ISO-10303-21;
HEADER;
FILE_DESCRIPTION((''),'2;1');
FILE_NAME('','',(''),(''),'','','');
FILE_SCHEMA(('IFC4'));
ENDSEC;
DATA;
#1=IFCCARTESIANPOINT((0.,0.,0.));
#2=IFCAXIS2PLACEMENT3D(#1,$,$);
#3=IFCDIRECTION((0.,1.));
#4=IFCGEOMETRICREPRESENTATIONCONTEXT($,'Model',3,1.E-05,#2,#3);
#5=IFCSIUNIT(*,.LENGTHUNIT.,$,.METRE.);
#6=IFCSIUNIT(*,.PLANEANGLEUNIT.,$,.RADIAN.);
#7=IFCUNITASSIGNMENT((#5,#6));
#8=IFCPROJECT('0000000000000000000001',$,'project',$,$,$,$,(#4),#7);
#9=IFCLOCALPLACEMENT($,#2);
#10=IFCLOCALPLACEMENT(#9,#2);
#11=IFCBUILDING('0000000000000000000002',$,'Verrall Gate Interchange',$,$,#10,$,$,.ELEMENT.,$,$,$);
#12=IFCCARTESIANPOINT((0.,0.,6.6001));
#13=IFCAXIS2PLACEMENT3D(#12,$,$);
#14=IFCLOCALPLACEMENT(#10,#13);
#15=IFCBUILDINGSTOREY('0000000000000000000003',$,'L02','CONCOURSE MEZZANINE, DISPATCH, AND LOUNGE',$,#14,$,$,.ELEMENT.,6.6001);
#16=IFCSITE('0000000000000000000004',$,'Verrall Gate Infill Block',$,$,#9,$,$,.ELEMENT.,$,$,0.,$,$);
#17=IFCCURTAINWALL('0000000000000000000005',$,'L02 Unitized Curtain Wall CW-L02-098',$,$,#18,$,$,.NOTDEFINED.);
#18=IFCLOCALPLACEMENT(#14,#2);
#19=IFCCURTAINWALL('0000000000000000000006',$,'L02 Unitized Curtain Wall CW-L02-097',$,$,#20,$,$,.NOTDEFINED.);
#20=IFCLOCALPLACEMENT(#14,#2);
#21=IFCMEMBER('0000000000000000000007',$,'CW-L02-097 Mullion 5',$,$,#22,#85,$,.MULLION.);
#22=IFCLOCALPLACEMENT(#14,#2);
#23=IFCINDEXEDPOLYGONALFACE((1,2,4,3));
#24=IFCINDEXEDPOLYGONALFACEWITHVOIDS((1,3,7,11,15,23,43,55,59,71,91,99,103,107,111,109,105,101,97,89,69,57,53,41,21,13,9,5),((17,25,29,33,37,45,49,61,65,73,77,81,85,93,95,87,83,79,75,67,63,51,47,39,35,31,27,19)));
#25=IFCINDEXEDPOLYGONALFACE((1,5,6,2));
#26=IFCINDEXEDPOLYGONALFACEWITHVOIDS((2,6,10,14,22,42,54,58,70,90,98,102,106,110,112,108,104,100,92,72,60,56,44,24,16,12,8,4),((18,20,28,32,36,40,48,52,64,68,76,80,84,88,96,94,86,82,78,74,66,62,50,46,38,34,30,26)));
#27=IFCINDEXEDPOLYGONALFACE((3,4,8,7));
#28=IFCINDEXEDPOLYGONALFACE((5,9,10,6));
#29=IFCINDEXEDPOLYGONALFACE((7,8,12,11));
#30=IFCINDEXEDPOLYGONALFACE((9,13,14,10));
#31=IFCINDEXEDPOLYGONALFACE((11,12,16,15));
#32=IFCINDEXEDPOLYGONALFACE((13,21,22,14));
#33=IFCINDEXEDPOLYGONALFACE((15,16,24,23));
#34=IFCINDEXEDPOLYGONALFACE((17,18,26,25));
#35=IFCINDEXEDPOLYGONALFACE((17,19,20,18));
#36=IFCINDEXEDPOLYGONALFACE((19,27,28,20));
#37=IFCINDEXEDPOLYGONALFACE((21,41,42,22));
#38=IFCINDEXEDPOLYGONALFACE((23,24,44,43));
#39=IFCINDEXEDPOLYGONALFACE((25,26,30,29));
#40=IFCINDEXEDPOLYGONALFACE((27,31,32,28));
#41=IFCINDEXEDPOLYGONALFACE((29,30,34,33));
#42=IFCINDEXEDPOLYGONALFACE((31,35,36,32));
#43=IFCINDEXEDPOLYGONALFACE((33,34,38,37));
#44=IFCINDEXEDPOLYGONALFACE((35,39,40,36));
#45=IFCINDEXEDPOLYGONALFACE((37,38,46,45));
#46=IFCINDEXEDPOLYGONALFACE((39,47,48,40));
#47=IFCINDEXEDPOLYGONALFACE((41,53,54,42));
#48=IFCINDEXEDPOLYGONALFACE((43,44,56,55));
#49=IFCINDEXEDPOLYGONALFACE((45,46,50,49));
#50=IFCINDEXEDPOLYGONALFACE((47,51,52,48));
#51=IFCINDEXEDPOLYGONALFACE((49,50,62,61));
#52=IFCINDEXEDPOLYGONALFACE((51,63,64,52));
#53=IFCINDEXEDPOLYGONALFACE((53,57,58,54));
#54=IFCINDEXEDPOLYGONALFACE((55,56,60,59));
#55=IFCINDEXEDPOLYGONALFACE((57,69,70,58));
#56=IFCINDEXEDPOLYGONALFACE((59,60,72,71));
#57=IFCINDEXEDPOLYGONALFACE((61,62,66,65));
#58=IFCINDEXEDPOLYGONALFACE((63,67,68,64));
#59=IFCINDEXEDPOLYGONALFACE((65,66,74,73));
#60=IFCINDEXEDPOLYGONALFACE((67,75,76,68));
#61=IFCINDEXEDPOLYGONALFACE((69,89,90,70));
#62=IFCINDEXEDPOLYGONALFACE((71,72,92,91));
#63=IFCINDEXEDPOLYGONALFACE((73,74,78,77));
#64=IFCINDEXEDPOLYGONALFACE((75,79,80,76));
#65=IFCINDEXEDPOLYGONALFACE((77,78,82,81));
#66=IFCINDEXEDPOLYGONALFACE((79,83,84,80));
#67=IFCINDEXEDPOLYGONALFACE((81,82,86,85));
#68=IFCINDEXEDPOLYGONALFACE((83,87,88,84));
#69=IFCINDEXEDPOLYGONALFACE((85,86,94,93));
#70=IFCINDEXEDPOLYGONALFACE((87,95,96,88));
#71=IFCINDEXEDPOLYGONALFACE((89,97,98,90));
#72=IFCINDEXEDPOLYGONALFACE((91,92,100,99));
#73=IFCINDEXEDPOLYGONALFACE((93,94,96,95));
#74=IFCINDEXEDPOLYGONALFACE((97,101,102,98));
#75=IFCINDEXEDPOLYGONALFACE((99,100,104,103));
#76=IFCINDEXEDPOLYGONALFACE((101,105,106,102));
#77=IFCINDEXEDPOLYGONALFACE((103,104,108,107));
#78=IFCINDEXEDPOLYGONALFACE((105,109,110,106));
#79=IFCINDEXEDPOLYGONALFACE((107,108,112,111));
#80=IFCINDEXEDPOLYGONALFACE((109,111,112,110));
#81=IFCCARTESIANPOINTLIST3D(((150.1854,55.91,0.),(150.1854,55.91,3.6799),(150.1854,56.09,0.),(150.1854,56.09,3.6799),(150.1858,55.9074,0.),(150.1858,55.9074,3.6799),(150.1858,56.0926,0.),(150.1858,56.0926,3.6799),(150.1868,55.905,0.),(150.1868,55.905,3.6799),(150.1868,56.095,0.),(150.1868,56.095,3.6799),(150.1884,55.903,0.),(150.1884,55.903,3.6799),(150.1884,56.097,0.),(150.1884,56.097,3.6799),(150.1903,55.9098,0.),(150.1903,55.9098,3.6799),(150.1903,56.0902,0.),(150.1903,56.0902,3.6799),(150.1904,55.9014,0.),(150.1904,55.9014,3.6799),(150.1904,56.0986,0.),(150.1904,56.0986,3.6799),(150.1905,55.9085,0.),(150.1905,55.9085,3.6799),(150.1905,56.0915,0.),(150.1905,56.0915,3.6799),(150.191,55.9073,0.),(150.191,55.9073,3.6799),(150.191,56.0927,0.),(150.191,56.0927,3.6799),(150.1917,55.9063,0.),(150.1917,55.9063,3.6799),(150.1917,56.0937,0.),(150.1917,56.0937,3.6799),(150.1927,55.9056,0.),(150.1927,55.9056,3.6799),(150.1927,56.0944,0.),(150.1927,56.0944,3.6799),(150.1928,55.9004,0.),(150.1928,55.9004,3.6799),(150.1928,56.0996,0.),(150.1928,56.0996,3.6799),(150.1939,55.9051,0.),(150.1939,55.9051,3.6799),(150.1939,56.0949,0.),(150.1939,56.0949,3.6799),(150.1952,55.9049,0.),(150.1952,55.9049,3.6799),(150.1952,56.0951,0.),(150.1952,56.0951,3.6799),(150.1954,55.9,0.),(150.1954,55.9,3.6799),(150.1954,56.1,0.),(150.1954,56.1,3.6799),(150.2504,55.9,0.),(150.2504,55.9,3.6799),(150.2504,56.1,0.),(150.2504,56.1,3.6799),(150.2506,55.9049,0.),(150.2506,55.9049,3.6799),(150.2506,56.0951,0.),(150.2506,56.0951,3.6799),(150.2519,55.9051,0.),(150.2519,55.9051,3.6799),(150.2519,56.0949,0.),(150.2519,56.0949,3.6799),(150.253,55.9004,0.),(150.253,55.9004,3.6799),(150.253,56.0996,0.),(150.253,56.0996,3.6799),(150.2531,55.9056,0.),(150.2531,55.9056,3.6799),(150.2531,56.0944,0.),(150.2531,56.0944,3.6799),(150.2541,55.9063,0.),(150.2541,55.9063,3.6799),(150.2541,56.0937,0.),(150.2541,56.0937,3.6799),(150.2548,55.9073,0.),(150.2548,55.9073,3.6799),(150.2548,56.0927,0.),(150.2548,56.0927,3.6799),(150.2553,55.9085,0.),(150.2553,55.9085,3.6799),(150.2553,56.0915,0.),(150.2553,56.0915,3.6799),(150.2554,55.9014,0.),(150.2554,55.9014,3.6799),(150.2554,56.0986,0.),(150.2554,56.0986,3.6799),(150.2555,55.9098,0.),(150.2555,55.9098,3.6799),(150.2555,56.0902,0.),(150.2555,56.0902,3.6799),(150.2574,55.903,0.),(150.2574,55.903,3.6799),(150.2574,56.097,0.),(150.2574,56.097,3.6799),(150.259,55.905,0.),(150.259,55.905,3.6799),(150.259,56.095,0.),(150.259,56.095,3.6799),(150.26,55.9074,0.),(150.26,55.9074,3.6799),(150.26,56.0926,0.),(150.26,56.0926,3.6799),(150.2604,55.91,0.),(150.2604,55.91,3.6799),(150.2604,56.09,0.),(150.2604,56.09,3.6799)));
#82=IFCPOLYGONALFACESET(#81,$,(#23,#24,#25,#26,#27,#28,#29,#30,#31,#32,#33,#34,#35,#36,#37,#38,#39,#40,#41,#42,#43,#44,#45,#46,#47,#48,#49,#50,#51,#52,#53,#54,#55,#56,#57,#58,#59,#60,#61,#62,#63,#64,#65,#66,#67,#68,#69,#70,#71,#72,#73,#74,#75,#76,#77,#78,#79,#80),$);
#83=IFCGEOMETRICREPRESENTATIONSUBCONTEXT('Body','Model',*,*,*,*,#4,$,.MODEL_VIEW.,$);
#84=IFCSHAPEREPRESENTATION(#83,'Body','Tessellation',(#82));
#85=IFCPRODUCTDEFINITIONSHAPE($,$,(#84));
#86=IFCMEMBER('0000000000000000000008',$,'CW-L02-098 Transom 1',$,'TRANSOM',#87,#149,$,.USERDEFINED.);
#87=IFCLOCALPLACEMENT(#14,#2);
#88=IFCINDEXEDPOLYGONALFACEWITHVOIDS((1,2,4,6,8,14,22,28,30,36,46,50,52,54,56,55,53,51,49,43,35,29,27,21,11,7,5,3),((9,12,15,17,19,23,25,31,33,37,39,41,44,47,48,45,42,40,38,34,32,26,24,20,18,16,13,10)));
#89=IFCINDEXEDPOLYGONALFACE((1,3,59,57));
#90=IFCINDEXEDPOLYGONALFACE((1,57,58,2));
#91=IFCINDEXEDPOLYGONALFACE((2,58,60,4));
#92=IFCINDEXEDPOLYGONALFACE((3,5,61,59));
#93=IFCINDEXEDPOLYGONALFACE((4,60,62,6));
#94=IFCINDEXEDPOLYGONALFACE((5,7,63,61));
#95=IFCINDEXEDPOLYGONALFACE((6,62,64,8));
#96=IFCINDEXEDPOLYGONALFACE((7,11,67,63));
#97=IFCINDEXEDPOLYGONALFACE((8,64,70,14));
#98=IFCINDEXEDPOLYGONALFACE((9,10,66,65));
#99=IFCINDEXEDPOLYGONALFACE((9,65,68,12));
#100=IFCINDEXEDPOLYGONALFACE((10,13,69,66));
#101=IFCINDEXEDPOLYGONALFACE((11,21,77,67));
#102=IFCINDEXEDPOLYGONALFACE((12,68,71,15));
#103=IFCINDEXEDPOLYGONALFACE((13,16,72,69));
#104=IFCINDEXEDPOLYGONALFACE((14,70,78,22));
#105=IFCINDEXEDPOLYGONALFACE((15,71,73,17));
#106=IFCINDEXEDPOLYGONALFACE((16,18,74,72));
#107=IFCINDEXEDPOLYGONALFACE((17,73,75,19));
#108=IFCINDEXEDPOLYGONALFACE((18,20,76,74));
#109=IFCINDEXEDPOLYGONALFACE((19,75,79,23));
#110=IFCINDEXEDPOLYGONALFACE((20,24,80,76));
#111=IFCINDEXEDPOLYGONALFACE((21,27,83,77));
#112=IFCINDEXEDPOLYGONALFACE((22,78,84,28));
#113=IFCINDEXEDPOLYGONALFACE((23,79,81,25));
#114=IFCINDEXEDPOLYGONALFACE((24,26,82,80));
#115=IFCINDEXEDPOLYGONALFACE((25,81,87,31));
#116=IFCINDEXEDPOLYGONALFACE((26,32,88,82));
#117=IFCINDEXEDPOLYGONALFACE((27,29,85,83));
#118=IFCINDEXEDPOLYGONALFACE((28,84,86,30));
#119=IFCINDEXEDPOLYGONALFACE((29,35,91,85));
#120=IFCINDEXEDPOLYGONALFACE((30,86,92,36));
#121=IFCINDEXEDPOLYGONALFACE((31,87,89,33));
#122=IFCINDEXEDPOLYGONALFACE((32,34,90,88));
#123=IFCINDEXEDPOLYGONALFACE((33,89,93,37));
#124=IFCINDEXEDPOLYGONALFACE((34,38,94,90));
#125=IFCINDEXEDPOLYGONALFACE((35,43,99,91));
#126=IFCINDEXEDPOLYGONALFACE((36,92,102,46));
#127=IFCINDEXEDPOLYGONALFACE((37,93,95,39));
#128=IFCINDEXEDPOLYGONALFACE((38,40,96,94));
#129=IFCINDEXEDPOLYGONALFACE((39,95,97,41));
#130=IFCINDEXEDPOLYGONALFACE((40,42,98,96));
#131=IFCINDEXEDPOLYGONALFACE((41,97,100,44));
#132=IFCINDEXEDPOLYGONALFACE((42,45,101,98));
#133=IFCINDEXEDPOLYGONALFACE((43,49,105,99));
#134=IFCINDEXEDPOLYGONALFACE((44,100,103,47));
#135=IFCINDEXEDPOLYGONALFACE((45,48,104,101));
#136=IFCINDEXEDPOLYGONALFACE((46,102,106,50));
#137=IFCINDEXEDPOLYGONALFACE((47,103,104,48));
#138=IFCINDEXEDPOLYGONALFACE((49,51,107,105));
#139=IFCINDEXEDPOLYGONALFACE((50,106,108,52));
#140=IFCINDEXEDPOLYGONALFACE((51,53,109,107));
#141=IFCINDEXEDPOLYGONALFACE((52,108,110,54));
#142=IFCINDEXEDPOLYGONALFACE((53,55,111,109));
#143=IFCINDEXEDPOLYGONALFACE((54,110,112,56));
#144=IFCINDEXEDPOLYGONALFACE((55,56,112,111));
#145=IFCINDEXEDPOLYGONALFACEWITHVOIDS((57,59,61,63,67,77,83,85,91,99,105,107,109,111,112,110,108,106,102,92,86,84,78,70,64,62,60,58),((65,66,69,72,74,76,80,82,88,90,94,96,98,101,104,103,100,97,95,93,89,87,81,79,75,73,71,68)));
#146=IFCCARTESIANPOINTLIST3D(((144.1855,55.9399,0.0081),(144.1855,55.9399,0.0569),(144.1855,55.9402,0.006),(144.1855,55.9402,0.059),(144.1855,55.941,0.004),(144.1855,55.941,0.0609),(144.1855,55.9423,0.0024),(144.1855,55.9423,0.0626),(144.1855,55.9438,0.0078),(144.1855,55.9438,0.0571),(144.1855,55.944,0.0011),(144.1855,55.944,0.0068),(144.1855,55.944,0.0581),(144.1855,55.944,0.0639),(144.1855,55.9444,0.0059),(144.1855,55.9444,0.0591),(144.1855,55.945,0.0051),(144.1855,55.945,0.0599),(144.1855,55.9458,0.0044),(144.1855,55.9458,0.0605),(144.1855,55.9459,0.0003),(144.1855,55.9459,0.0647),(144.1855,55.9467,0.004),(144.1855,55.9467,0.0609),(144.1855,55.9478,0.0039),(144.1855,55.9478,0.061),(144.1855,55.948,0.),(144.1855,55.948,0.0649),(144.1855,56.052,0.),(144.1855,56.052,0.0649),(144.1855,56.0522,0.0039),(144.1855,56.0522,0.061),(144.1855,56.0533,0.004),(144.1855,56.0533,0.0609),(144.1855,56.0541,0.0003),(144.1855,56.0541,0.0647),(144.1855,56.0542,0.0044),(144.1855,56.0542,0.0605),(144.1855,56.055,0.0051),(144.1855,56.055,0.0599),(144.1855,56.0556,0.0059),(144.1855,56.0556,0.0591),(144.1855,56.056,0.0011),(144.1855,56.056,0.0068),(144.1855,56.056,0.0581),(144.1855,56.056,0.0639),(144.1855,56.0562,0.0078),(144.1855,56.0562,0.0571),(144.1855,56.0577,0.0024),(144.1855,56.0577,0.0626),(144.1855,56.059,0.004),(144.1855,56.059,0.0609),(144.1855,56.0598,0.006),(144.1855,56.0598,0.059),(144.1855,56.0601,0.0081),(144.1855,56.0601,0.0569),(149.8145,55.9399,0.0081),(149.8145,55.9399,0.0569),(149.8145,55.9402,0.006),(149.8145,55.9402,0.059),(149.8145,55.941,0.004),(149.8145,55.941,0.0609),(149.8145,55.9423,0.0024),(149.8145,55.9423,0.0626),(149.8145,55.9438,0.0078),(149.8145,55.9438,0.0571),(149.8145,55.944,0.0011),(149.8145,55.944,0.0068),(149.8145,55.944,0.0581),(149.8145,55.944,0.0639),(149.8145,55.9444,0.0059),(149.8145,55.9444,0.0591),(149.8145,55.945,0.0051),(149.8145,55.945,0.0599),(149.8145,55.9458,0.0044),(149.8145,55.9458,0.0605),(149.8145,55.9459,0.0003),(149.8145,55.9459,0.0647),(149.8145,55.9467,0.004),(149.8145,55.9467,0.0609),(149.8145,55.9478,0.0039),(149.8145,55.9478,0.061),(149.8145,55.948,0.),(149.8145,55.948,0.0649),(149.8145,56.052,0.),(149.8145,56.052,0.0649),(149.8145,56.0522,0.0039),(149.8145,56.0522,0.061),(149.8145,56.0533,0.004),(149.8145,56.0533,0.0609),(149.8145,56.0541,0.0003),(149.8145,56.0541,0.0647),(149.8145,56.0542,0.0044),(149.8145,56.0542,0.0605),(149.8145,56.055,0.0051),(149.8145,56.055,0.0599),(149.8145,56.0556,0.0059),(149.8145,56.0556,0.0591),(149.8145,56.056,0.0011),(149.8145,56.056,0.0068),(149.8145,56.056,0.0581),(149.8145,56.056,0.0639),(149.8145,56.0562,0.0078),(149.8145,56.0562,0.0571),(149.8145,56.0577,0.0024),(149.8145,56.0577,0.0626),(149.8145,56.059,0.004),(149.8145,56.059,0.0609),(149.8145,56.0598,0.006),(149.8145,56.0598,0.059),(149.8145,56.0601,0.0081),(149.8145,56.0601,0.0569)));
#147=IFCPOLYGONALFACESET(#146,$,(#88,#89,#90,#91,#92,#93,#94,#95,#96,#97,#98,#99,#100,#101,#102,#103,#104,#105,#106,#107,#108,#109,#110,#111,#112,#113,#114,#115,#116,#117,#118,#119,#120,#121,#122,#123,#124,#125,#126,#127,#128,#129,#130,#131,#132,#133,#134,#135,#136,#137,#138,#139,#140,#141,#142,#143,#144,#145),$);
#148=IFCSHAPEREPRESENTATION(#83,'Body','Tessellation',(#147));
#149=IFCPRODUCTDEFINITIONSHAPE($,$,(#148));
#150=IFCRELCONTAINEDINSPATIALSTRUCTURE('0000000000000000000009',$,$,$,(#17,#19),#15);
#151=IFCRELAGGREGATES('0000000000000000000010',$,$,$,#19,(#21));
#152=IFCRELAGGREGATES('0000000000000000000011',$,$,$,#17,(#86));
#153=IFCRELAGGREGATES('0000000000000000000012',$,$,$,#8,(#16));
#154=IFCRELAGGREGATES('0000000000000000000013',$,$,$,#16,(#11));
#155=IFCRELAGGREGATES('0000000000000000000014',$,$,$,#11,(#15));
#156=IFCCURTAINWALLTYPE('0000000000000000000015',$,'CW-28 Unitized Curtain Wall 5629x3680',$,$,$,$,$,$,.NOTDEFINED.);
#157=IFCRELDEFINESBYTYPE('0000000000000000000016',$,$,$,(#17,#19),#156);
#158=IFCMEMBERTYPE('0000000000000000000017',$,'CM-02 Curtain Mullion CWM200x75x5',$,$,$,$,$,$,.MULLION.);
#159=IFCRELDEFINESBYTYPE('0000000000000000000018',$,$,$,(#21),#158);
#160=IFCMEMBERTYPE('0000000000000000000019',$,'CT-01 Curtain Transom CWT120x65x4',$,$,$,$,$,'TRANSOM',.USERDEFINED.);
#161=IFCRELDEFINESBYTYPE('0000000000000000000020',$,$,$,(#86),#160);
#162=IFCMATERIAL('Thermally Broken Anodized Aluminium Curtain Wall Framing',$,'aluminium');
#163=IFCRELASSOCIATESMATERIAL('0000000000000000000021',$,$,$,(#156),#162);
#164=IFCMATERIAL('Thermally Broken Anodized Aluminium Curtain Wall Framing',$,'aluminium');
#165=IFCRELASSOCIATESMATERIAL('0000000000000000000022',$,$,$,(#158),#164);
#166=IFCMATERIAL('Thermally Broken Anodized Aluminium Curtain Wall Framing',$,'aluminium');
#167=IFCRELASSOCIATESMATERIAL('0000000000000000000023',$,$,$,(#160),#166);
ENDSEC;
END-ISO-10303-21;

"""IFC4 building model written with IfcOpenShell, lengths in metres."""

from ifc_helpers import new_model, si_unit, direction, frame, origin, origin_2d, place, context, subcontext, project, spatial, hollow_rectangle, extrude, material, material_profile, profile_set, type_object, element, aggregate, save


model = new_model("IFC4")

# Units and contexts
model_context = context("Model", 3, precision=1e-05, world=origin(), true_north=direction((0.0, 1.0)))
body_context = subcontext(model_context, "Body", "Model", "MODEL_VIEW")
ifc_project = project(units=[si_unit("LENGTHUNIT", "METRE"), si_unit("PLANEANGLEUNIT", "RADIAN")], contexts=[model_context])

# Site, building, storey
site_placement = place(None, origin())
site = spatial("IfcSite", under=ifc_project, at=site_placement, Name="Verrall Gate Infill Block", CompositionType="ELEMENT", RefElevation=0.0)
building_placement = place(site_placement, origin())
building = spatial("IfcBuilding", under=site, at=building_placement, Name="Verrall Gate Interchange", CompositionType="ELEMENT")
storey_placement = place(building_placement, frame((0.0, 0.0, 6.6001)))
storey = spatial("IfcBuildingStorey", under=building, at=storey_placement, Name="L02", Description="CONCOURSE MEZZANINE, DISPATCH, AND LOUNGE", CompositionType="ELEMENT", Elevation=6.6001)

# Curtain walls, member
ifc_material_1 = material(Name="Thermally Broken Anodized Aluminium Curtain Wall Framing", Category="aluminium")
curtain_wall_type = type_object("IfcCurtainWallType", Name="CW-28 Unitized Curtain Wall 5629x3680", PredefinedType="NOTDEFINED", material=ifc_material_1)
curtain_wall_1_placement = place(storey_placement, origin())
curtain_wall_1 = element("IfcCurtainWall", 1, at=curtain_wall_1_placement, inside=storey, type_object=curtain_wall_type, Name="L02 Unitized Curtain Wall CW-L02-098", PredefinedType="NOTDEFINED")
curtain_wall_2_placement = place(storey_placement, origin())
curtain_wall_2 = element("IfcCurtainWall", 2, at=curtain_wall_2_placement, inside=storey, type_object=curtain_wall_type, Name="L02 Unitized Curtain Wall CW-L02-097", PredefinedType="NOTDEFINED")
ifc_material_2 = material(Name="Thermally Broken Anodized Aluminium Curtain Wall Framing", Category="aluminium")
ifc_material_profile_1 = material_profile(ifc_material_2, hollow_rectangle(XDim=0.075, YDim=0.2, WallThickness=0.0049, InnerFilletRadius=0.0049, OuterFilletRadius=0.01, at=origin_2d()), Name="CWM200x75x5")
ifc_profile_set_1 = profile_set([ifc_material_profile_1], Name="Thermally Broken Anodized Aluminium Curtain Wall Framing")
member_type_1 = type_object("IfcMemberType", Name="CM-02 Curtain Mullion CWM200x75x5", PredefinedType="MULLION", material=ifc_profile_set_1)
member_1_placement = place(storey_placement, frame((150.2229, 56.0, 0.0), z_axis=(0.0, 0.0, 1.0), x_axis=(-1.0, 0.0, 0.0)))
member_1 = element("IfcMember", 3, at=member_1_placement, type_object=member_type_1, Name="CW-L02-097 Mullion 5", PredefinedType="MULLION", context=body_context, shape_type="SweptSolid", body=[
    extrude(hollow_rectangle(XDim=0.075, YDim=0.2, WallThickness=0.0049, InnerFilletRadius=0.0049, OuterFilletRadius=0.01, at=origin_2d()), origin(), (0.0, 0.0, 1.0), 3.6799),
])

# Member
ifc_material_3 = material(Name="Thermally Broken Anodized Aluminium Curtain Wall Framing", Category="aluminium")
ifc_material_profile_2 = material_profile(ifc_material_3, hollow_rectangle(XDim=0.1201, YDim=0.0649, WallThickness=0.0039, InnerFilletRadius=0.0039, OuterFilletRadius=0.0081, at=origin_2d()), Name="CWT120x65x4")
ifc_profile_set_2 = profile_set([ifc_material_profile_2], Name="Thermally Broken Anodized Aluminium Curtain Wall Framing")
member_type_2 = type_object("IfcMemberType", Name="CT-01 Curtain Transom CWT120x65x4", ElementType="TRANSOM", PredefinedType="USERDEFINED", material=ifc_profile_set_2)
member_2_placement = place(storey_placement, frame((149.8145, 56.0, 0.0325), z_axis=(-1.0, 0.0, 0.0), x_axis=(0.0, -1.0, 0.0)))
member_2 = element("IfcMember", 4, at=member_2_placement, type_object=member_type_2, Name="CW-L02-098 Transom 1", ObjectType="TRANSOM", PredefinedType="USERDEFINED", context=body_context, shape_type="SweptSolid", body=[
    extrude(hollow_rectangle(XDim=0.1201, YDim=0.0649, WallThickness=0.0039, InnerFilletRadius=0.0039, OuterFilletRadius=0.0081, at=origin_2d()), origin(), (0.0, 0.0, 1.0), 5.6289),
])

aggregate(curtain_wall_2, [member_1])
aggregate(curtain_wall_1, [member_2])

save(model, "model.ifc")
